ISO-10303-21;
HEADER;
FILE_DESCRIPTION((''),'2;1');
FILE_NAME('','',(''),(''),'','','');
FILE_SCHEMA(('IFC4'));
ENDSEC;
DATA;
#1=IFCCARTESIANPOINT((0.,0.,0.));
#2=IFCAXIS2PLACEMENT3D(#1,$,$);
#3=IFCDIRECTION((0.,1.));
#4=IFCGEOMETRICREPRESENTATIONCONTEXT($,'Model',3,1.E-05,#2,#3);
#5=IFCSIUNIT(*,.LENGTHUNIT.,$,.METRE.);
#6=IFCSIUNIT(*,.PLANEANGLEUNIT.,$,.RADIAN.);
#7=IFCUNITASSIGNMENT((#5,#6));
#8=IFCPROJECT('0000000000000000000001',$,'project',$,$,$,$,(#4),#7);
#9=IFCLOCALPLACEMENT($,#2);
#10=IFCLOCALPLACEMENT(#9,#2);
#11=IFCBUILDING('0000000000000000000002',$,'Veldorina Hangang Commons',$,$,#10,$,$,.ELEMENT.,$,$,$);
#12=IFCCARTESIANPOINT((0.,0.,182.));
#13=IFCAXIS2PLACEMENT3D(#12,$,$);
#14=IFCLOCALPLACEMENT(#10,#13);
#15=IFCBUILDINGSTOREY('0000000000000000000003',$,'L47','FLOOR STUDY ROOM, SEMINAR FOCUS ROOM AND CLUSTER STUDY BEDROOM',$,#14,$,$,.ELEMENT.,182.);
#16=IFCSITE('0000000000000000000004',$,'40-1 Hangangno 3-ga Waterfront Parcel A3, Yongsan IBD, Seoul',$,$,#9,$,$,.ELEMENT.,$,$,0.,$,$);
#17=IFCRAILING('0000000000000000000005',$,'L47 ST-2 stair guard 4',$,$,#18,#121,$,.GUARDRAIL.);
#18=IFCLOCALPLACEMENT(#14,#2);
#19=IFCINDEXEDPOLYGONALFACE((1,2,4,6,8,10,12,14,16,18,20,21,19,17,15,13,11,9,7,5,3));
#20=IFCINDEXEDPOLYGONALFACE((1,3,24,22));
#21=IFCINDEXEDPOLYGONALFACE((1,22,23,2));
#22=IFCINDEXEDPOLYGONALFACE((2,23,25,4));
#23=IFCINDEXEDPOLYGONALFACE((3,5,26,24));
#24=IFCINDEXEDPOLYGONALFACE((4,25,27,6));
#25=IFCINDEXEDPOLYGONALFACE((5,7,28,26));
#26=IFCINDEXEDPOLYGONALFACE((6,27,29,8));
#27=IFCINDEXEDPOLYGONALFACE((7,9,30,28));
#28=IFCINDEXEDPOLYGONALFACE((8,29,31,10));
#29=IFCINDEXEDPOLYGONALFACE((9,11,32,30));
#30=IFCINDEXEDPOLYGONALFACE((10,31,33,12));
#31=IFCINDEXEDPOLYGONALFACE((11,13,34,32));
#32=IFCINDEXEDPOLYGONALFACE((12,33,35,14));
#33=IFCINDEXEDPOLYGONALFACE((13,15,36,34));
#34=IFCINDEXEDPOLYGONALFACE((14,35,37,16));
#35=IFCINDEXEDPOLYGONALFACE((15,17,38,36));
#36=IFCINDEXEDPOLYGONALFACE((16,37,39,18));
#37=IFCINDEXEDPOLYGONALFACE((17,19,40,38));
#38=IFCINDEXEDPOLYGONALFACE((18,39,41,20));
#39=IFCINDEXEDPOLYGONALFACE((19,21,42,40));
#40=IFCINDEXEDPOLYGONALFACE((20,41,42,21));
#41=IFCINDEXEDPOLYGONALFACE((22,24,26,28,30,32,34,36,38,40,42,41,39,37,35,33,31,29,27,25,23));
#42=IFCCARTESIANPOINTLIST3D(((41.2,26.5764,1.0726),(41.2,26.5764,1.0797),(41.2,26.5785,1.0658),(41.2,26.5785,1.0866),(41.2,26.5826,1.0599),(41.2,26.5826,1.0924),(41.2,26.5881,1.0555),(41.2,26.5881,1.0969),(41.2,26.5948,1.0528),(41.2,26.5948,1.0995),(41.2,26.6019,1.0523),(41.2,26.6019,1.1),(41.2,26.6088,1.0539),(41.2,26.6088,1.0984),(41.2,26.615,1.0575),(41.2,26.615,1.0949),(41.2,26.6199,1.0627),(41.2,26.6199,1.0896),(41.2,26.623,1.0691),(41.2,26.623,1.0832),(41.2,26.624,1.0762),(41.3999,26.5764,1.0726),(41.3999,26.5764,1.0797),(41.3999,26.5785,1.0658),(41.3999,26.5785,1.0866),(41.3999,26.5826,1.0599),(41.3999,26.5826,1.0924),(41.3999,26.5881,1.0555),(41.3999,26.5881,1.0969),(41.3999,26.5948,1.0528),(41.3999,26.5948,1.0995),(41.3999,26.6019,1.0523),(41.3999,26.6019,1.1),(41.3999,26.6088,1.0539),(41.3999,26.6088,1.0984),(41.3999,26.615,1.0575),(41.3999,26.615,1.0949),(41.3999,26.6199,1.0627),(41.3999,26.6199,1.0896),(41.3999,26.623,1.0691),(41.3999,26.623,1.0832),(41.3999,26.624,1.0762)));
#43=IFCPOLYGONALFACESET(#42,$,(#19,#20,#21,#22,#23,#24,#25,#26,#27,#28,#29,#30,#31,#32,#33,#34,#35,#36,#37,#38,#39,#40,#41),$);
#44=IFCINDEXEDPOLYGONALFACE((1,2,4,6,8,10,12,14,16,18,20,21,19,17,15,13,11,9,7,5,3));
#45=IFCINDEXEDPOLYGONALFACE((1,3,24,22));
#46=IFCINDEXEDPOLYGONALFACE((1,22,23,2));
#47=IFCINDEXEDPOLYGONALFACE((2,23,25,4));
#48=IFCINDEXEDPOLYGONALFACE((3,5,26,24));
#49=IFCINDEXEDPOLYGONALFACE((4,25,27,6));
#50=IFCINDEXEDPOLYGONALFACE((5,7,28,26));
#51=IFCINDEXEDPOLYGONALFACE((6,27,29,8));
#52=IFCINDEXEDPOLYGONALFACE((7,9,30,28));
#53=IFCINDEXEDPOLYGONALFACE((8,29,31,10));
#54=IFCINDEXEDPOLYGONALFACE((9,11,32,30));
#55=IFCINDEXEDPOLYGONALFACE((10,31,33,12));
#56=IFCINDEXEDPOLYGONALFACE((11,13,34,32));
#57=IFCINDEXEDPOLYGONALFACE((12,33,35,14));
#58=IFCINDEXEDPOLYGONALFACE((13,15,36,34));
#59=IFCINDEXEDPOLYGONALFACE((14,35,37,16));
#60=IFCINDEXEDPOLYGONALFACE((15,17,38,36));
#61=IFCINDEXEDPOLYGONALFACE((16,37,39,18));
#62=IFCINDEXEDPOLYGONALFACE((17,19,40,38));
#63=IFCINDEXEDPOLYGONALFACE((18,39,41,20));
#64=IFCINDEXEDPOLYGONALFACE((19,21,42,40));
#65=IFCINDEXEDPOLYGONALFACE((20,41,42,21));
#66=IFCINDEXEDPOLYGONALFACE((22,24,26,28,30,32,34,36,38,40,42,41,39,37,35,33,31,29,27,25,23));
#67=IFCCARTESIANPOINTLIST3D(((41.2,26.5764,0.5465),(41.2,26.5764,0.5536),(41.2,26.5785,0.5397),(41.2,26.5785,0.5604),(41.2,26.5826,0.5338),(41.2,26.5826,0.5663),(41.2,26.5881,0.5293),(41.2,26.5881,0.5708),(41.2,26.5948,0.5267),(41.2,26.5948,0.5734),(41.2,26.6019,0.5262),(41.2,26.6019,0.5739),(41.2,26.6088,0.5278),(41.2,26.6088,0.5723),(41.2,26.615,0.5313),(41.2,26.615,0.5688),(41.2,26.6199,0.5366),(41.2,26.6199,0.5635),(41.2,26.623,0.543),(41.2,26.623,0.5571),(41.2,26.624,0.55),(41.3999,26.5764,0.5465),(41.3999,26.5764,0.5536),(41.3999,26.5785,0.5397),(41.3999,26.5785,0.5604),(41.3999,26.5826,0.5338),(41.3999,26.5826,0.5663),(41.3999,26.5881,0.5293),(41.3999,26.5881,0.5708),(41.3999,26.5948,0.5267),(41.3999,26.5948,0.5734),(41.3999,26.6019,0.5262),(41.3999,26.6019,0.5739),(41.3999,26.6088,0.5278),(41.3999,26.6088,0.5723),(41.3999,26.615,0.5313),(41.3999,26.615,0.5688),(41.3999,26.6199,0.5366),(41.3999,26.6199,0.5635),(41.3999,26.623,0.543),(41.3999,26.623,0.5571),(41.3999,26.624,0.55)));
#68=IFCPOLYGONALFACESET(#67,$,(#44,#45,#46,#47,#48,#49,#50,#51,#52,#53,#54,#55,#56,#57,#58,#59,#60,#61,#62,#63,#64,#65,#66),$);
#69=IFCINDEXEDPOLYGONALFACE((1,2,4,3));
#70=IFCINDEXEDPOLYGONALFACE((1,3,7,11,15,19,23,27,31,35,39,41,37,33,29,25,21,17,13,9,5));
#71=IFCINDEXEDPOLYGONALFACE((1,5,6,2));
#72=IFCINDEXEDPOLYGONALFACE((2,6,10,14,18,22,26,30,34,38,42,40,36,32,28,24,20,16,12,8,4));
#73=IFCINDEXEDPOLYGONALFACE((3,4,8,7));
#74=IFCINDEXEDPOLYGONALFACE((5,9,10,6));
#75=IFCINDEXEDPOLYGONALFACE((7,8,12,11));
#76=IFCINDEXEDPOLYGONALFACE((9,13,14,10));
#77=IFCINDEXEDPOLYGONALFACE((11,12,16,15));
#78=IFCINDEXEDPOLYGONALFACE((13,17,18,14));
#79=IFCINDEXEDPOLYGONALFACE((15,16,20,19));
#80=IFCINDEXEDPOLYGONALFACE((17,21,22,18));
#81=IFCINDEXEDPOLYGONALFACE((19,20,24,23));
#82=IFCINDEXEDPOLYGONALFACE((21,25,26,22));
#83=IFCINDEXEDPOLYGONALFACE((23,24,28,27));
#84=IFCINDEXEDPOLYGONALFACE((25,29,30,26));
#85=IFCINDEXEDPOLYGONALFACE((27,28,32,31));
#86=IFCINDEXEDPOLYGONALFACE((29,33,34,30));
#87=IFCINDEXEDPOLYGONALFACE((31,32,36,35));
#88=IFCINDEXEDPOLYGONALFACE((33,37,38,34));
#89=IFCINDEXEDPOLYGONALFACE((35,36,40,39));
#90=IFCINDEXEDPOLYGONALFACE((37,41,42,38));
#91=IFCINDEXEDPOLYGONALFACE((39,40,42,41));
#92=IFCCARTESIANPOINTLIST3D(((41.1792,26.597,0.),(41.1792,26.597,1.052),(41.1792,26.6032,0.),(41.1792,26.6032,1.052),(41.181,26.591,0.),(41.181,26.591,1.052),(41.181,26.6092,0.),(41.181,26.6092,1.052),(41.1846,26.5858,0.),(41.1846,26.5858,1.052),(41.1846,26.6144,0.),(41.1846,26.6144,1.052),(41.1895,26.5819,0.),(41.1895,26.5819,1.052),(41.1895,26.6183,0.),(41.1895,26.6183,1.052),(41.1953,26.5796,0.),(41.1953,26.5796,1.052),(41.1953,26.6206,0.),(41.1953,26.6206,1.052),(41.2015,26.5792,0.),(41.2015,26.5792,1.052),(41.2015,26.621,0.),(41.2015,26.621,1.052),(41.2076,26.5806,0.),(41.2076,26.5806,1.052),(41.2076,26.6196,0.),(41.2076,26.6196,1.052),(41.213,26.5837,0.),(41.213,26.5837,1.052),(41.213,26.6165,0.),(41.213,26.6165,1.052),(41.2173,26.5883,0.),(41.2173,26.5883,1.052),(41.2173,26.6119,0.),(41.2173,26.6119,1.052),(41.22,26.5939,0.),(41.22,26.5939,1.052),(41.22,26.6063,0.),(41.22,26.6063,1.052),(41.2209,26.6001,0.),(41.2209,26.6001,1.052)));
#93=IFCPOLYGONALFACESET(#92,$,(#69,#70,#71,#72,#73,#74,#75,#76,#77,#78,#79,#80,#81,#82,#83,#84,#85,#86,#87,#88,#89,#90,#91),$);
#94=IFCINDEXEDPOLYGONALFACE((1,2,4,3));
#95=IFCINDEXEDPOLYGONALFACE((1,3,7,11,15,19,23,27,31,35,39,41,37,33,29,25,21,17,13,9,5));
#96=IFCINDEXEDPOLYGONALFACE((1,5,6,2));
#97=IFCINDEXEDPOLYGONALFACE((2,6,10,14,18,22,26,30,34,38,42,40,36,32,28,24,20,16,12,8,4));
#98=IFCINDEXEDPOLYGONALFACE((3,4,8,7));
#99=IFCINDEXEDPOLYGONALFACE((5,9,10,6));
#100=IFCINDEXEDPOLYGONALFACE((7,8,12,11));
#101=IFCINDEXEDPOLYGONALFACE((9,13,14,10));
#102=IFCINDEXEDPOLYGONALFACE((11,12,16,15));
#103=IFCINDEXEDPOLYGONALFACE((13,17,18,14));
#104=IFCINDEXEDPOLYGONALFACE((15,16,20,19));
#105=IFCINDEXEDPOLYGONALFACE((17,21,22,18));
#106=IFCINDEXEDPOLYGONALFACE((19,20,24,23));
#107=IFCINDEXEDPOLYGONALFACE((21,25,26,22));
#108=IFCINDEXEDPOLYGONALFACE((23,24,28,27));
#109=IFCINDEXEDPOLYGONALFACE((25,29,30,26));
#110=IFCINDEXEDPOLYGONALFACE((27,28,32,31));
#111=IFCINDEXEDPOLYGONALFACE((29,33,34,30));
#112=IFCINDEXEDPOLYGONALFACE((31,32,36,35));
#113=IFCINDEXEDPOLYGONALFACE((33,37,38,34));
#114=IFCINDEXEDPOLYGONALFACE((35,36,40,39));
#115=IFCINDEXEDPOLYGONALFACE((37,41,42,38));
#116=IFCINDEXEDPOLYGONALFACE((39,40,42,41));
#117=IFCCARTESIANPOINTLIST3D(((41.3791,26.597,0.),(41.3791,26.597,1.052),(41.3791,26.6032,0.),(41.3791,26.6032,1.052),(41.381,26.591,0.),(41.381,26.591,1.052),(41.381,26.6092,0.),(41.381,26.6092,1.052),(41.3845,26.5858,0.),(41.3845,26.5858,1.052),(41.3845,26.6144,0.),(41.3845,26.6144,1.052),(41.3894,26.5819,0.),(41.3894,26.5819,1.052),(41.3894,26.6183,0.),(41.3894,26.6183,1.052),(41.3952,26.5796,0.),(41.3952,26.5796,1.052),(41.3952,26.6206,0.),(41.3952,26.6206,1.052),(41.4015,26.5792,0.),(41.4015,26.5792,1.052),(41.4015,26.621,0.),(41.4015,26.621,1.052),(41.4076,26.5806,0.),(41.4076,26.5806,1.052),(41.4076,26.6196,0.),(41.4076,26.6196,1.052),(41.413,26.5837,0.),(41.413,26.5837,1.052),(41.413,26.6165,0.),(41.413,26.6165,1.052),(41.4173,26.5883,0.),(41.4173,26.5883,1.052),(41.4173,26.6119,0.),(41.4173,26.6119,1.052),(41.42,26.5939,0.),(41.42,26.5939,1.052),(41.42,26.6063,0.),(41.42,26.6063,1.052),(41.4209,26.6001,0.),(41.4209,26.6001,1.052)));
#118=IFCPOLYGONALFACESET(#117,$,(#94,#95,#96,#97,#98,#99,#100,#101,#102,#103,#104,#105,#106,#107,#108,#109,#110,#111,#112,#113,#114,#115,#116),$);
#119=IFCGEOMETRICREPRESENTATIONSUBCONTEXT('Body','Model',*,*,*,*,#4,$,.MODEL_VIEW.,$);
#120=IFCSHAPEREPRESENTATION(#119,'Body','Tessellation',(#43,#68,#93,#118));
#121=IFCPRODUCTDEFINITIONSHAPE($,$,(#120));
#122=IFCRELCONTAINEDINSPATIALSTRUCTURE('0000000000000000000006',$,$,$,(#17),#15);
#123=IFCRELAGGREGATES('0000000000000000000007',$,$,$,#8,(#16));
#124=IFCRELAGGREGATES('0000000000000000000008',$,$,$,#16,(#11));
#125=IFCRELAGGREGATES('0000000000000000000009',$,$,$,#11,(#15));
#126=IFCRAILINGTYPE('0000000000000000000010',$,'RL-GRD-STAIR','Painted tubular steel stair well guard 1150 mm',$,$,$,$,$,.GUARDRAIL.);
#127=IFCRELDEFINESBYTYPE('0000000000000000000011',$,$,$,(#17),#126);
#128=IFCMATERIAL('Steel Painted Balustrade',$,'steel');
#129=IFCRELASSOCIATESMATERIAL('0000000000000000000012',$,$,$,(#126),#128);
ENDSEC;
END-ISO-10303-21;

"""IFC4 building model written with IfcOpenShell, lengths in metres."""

from ifc_helpers import new_model, si_unit, direction, frame, origin, origin_2d, place, context, subcontext, project, spatial, circle, extrude, material, type_object, element, save


model = new_model("IFC4")

# Units and contexts
model_context = context("Model", 3, precision=1e-05, world=origin(), true_north=direction((0.0, 1.0)))
body_context = subcontext(model_context, "Body", "Model", "MODEL_VIEW")
ifc_project = project(units=[si_unit("LENGTHUNIT", "METRE"), si_unit("PLANEANGLEUNIT", "RADIAN")], contexts=[model_context])

# Site, building, storey
site_placement = place(None, origin())
site = spatial("IfcSite", under=ifc_project, at=site_placement, Name="40-1 Hangangno 3-ga Waterfront Parcel A3, Yongsan IBD, Seoul", CompositionType="ELEMENT", RefElevation=0.0)
building_placement = place(site_placement, origin())
building = spatial("IfcBuilding", under=site, at=building_placement, Name="Veldorina Hangang Commons", CompositionType="ELEMENT")
storey_placement = place(building_placement, frame((0.0, 0.0, 182.0)))
storey = spatial("IfcBuildingStorey", under=building, at=storey_placement, Name="L47", Description="FLOOR STUDY ROOM, SEMINAR FOCUS ROOM AND CLUSTER STUDY BEDROOM", CompositionType="ELEMENT", Elevation=182.0)

# Railing
ifc_material_1 = material(Name="Steel Painted Balustrade", Category="steel")
railing_type_1 = type_object("IfcRailingType", Name="RL-GRD-STAIR", Description="Painted tubular steel stair well guard 1150 mm", PredefinedType="GUARDRAIL", material=ifc_material_1)
railing_1_placement = place(storey_placement, frame((41.2, 26.6001, 0.0)))
element("IfcRailing", 1, at=railing_1_placement, inside=storey, type_object=railing_type_1, Name="L47 ST-2 stair guard 4", PredefinedType="GUARDRAIL", context=body_context, shape_type="SweptSolid", body=[
    extrude(circle(Radius=0.0239, at=origin_2d()), frame((0.0, 0.0, 1.0762), z_axis=(1.0, 0.0, 0.0), x_axis=(0.0, 1.0, 0.0)), (0.0, 0.0, 1.0), 0.2),
    extrude(circle(Radius=0.0239, at=origin_2d()), frame((0.0, 0.0, 0.55), z_axis=(1.0, 0.0, 0.0), x_axis=(0.0, 1.0, 0.0)), (0.0, 0.0, 1.0), 0.2),
    extrude(circle(Radius=0.021, at=origin_2d()), origin(), (0.0, 0.0, 1.0), 1.052),
    extrude(circle(Radius=0.021, at=origin_2d()), frame((0.2, 0.0, 0.0)), (0.0, 0.0, 1.0), 1.052),
])

save(model, "model.ifc")
